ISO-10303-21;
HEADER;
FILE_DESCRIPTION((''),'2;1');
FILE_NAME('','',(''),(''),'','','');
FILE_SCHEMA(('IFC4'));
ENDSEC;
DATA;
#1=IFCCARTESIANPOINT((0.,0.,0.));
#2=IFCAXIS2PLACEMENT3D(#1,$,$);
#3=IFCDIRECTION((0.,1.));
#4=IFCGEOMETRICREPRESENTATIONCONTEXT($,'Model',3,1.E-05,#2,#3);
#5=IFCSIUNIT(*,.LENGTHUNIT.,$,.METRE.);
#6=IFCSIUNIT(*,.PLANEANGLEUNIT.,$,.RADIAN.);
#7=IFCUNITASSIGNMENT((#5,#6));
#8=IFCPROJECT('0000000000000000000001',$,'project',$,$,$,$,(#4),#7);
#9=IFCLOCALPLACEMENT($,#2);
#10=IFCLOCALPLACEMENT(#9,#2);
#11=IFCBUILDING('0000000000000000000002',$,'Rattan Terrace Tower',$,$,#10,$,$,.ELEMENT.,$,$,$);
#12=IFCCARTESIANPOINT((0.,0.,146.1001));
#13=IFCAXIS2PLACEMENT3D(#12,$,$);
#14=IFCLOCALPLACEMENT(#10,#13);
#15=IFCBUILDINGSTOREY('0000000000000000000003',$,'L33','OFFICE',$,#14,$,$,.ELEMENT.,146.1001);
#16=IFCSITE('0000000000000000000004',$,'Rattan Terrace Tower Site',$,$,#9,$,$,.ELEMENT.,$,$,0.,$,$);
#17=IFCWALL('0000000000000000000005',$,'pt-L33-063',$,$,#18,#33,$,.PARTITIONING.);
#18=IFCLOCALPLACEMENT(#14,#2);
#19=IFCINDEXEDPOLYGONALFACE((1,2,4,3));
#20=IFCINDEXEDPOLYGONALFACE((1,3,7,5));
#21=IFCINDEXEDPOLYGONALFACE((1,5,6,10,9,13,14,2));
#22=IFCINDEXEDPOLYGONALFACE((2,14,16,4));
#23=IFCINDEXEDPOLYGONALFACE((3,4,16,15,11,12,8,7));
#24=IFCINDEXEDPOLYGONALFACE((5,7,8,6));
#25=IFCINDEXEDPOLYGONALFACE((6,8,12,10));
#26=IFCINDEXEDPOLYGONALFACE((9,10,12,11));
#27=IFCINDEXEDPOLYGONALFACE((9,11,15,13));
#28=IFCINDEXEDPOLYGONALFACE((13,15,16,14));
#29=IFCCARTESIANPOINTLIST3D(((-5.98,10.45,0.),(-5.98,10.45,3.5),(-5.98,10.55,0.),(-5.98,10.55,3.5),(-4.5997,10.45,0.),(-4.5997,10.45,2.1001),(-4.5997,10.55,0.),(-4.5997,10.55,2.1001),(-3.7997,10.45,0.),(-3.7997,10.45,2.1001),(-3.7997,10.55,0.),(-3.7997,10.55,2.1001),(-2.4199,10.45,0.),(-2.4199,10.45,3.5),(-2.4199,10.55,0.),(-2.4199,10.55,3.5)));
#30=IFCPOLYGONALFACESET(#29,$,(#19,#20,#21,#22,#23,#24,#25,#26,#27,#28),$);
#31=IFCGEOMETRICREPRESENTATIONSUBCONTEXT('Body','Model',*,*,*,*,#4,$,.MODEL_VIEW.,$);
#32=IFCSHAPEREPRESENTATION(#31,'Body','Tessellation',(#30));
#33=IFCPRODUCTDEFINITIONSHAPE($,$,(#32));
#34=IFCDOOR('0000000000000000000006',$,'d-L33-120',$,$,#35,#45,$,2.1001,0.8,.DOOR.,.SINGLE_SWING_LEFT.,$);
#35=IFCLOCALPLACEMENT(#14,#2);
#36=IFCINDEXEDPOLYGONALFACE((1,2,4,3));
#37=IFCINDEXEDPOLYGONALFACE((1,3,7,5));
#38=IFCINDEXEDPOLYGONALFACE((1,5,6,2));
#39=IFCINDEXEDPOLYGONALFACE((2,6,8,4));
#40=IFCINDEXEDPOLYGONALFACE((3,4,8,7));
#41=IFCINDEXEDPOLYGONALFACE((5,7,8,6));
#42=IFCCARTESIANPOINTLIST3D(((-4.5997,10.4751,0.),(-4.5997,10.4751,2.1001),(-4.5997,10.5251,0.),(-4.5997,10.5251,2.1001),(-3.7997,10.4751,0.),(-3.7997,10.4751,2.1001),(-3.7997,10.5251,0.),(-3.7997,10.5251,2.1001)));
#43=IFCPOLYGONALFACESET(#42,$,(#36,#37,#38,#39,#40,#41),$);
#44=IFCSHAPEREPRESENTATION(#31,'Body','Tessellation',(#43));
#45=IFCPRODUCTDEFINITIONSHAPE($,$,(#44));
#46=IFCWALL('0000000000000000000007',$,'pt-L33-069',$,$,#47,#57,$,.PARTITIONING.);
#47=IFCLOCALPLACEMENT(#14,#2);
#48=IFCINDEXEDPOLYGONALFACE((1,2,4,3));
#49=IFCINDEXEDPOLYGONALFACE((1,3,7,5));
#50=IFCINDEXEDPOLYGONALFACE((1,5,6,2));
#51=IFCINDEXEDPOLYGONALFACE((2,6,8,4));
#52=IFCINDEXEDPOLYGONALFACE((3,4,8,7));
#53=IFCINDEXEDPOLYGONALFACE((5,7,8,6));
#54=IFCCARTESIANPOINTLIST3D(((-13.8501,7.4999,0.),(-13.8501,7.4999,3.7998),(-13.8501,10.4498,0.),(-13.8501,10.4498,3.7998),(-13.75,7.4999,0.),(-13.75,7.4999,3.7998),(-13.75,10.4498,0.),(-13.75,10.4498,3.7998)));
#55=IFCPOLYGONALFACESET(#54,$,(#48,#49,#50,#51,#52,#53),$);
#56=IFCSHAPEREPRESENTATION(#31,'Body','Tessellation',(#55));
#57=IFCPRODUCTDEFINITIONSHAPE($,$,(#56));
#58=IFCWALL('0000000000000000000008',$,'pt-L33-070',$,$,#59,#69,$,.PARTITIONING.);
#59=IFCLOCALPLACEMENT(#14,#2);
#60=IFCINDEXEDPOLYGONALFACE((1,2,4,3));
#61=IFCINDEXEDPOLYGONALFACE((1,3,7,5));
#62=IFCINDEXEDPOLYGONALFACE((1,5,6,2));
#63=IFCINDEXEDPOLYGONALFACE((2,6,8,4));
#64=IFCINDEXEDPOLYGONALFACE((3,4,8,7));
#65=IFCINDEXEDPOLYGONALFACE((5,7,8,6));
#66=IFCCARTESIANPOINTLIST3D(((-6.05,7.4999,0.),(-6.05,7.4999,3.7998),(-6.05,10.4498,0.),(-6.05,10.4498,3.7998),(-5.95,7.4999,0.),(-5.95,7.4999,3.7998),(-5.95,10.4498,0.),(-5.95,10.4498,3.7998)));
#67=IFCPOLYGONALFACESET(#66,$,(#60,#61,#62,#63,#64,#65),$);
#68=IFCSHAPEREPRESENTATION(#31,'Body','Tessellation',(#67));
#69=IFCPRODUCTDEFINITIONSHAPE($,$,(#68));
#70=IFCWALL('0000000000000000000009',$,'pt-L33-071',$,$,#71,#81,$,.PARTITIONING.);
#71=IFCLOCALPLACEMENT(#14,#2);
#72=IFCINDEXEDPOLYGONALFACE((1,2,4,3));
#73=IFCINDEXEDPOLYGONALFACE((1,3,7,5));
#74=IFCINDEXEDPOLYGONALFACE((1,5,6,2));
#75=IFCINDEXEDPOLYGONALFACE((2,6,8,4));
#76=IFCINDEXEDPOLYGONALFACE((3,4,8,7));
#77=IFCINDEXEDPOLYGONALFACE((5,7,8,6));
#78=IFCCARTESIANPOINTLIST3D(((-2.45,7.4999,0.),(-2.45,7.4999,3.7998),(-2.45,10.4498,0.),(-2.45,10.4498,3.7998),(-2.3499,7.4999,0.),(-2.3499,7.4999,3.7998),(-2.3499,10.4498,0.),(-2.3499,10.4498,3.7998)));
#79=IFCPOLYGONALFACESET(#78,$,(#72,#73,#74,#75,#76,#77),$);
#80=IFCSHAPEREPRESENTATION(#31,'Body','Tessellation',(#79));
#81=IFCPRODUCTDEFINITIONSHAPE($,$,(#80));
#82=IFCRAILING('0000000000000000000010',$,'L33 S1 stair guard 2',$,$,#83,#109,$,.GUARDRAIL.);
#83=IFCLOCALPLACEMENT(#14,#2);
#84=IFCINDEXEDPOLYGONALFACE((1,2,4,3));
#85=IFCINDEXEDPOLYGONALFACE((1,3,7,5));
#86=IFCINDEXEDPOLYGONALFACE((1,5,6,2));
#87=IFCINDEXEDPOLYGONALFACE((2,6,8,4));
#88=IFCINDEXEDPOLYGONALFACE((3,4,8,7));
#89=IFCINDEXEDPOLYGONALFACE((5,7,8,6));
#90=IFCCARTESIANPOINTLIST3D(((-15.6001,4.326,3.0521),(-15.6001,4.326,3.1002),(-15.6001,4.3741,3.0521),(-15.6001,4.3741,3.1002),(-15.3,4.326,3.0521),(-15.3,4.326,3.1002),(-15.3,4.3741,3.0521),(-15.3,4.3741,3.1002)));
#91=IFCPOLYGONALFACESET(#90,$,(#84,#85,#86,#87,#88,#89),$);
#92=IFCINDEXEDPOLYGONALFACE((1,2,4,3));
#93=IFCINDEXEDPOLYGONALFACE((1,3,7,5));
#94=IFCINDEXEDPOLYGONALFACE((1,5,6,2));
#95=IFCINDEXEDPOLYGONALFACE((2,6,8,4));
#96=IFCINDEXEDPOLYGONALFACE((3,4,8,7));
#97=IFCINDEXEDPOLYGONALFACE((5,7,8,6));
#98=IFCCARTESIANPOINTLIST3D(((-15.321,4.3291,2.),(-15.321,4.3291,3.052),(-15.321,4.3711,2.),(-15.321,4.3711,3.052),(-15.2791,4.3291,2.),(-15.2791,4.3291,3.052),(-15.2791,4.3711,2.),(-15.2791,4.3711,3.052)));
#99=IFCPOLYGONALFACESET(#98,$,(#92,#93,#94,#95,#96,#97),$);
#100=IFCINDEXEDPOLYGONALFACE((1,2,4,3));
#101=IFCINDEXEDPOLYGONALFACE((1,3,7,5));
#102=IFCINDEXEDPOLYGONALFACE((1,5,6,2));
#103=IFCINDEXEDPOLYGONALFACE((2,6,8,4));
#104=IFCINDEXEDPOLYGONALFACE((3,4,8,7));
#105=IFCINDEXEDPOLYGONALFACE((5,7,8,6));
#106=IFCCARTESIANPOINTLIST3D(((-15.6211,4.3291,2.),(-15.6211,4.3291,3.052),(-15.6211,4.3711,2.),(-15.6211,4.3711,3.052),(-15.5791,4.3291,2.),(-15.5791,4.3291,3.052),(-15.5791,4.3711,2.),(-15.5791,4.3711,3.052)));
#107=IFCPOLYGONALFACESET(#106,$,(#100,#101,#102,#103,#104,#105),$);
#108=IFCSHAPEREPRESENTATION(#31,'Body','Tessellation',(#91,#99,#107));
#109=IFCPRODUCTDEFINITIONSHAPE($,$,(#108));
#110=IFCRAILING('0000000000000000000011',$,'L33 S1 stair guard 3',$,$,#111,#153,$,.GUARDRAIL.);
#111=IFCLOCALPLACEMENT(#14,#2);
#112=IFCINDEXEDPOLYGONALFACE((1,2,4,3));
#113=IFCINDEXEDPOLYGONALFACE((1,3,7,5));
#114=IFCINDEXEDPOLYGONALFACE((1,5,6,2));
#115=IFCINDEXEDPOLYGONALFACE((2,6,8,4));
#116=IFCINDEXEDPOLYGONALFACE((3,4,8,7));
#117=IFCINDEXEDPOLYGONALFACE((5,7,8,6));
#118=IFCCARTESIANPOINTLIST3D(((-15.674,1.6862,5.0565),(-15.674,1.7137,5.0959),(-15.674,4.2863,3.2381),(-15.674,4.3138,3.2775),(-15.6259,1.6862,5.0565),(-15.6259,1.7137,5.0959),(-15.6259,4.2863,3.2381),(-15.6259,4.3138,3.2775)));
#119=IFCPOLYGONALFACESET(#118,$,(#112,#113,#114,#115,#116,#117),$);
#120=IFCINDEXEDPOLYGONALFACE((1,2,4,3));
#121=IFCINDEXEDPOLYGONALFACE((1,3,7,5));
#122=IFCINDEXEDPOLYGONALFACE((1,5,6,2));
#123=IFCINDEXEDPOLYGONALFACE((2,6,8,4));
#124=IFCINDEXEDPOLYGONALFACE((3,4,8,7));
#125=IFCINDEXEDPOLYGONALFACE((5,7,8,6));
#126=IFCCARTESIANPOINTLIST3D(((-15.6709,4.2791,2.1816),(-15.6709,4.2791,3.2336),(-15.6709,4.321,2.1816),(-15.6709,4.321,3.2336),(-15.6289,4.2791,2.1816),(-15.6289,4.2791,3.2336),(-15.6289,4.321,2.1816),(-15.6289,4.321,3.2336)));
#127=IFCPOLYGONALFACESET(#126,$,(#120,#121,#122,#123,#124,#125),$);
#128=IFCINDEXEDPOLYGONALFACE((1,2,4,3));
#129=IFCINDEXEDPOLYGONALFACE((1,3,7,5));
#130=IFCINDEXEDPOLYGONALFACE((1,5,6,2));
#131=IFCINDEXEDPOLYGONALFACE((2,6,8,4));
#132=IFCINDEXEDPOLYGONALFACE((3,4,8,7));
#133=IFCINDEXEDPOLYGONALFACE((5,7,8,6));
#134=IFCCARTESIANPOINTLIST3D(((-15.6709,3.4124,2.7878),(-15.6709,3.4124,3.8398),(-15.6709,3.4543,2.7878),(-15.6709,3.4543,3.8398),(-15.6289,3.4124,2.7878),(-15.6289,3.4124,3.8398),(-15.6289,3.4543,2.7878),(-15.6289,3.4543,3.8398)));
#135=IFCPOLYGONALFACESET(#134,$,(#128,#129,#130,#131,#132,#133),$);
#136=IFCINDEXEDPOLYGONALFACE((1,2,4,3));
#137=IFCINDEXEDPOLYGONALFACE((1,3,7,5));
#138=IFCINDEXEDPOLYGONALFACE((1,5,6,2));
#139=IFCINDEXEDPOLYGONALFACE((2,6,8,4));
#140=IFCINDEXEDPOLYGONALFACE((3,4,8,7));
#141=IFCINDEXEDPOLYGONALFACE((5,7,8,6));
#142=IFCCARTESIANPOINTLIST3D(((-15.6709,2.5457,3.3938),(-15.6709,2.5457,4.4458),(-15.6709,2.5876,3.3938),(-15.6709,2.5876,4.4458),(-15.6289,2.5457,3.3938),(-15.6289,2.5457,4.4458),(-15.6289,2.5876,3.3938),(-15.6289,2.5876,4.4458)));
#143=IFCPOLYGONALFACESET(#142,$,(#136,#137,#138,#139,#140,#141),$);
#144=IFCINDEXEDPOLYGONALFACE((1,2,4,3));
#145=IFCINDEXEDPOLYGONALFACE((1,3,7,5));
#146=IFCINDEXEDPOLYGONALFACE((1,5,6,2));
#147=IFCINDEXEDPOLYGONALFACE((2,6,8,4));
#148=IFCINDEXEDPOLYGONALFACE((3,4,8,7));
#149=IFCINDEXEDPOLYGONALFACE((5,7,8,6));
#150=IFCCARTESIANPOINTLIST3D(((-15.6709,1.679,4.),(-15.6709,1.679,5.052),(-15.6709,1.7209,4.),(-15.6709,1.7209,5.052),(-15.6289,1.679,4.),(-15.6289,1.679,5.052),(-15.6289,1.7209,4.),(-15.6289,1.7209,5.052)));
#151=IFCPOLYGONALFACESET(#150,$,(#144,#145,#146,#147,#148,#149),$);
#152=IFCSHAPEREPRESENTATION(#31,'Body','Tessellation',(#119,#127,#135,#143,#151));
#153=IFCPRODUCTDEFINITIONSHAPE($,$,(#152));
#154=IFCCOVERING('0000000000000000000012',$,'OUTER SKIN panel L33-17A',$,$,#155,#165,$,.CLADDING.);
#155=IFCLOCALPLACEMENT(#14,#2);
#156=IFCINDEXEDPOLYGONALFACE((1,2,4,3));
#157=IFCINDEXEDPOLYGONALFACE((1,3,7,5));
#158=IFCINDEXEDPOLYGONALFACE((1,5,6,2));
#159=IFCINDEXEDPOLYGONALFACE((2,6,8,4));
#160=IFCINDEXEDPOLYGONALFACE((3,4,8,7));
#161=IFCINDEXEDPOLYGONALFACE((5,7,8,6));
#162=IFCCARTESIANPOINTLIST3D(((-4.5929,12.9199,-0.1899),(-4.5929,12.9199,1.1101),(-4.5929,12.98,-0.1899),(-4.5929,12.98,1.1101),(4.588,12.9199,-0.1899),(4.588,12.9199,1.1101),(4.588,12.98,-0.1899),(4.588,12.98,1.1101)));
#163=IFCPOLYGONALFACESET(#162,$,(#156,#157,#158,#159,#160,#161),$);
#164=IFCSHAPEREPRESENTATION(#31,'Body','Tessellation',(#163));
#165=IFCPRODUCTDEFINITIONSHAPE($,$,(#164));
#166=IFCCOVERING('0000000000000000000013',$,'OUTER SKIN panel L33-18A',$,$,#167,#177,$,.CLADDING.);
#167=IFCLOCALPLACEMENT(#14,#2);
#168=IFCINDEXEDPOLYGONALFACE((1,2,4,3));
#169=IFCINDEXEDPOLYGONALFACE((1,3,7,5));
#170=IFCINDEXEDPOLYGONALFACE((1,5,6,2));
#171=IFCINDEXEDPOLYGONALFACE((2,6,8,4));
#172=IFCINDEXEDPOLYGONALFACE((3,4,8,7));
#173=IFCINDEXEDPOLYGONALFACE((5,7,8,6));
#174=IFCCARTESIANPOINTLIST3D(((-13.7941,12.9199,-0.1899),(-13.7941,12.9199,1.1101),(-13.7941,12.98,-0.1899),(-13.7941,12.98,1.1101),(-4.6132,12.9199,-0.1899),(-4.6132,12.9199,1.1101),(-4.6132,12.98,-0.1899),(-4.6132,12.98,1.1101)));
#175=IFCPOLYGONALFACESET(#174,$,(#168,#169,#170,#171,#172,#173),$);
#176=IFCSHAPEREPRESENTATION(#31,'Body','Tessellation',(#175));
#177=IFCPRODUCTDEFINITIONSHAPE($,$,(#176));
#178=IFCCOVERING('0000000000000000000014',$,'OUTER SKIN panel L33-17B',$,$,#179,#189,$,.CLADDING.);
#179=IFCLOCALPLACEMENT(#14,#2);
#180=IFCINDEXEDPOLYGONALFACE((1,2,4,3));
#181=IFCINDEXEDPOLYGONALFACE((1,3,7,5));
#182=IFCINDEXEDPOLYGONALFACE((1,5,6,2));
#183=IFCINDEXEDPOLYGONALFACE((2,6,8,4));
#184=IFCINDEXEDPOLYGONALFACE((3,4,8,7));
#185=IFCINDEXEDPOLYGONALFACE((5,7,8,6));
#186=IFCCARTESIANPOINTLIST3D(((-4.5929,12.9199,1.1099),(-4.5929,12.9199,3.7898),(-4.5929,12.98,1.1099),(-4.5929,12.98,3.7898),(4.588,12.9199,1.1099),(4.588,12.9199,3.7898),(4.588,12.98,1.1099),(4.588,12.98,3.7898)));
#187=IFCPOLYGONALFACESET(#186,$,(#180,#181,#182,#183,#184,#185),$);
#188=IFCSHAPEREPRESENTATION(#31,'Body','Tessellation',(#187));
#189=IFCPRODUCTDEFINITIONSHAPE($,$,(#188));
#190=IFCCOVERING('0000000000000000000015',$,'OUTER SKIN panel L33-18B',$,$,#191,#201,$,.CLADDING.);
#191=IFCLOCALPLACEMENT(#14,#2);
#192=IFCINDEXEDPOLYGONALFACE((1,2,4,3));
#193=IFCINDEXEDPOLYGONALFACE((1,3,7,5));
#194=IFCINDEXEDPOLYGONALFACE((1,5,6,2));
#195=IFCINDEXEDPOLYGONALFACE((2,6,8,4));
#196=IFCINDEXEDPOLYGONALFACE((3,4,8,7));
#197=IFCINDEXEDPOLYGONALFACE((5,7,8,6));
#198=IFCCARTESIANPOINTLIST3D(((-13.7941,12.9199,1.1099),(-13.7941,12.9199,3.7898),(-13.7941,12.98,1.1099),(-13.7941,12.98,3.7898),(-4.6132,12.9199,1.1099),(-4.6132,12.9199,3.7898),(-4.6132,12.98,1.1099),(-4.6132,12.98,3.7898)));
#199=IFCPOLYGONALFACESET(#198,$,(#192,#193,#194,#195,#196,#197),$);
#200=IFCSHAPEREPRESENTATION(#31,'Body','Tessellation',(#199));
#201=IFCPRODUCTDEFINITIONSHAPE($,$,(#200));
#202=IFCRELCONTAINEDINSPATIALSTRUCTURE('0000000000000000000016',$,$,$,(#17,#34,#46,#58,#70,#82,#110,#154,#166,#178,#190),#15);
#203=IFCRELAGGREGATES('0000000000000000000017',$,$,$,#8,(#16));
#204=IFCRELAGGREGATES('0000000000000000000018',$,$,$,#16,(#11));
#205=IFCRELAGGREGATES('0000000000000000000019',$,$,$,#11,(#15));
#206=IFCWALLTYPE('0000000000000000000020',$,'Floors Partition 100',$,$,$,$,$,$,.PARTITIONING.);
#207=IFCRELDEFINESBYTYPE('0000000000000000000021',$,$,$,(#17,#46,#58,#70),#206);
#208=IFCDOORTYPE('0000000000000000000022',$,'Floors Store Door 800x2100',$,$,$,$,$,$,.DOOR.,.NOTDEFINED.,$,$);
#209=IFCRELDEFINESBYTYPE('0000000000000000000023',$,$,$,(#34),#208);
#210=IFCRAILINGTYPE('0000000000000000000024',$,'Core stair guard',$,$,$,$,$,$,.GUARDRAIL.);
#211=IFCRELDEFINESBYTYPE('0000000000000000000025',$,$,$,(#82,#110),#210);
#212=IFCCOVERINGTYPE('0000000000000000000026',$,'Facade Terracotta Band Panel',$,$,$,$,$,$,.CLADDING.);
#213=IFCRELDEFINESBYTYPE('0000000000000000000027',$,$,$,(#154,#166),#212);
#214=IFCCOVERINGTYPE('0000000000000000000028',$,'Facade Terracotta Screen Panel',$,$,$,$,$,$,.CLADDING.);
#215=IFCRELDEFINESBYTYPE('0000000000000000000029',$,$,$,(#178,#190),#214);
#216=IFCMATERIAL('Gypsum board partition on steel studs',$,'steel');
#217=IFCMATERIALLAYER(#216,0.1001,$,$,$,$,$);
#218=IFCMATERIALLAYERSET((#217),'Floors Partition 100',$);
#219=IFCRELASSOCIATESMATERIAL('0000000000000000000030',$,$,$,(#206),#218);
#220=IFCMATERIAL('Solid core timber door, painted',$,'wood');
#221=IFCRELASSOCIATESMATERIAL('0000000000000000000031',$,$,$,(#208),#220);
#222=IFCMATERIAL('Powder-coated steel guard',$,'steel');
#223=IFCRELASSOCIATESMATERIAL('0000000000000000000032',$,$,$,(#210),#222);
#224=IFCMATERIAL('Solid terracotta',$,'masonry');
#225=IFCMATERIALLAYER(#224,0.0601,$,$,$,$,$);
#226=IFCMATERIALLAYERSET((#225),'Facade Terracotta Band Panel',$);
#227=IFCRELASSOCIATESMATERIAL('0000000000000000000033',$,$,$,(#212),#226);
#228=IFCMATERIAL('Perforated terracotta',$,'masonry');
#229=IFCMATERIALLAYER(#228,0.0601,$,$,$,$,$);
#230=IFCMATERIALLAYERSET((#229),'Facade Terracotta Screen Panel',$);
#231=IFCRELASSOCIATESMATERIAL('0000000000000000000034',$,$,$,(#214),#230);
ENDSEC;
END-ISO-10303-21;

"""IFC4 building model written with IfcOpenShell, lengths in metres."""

from ifc_helpers import new_model, si_unit, direction, frame, frame_2d, origin, origin_2d, place, context, subcontext, project, spatial, rectangle, extrude, material, layer, layer_set, type_object, element, fill, save


model = new_model("IFC4")

# Units and contexts
model_context = context("Model", 3, precision=1e-05, world=origin(), true_north=direction((0.0, 1.0)))
body_context = subcontext(model_context, "Body", "Model", "MODEL_VIEW")
ifc_project = project(units=[si_unit("LENGTHUNIT", "METRE"), si_unit("PLANEANGLEUNIT", "RADIAN")], contexts=[model_context])

# Site, building, storey
site_placement = place(None, origin())
site = spatial("IfcSite", under=ifc_project, at=site_placement, Name="Rattan Terrace Tower Site", CompositionType="ELEMENT", RefElevation=0.0)
building_placement = place(site_placement, origin())
building = spatial("IfcBuilding", under=site, at=building_placement, Name="Rattan Terrace Tower", CompositionType="ELEMENT")
storey_placement = place(building_placement, frame((0.0, 0.0, 146.1001)))
storey = spatial("IfcBuildingStorey", under=building, at=storey_placement, Name="L33", Description="OFFICE", CompositionType="ELEMENT", Elevation=146.1001)

# Wall, opening, door
ifc_material_1 = material(Name="Gypsum board partition on steel studs", Category="steel")
ifc_layer_1 = layer(ifc_material_1, 0.1001)
ifc_layer_set_1 = layer_set([ifc_layer_1], Name="Floors Partition 100")
wall_type = type_object("IfcWallType", Name="Floors Partition 100", PredefinedType="PARTITIONING", material=ifc_layer_set_1)
ifc_material_2 = material(Name="Solid core timber door, painted", Category="wood")
door_type_1 = type_object("IfcDoorType", Name="Floors Store Door 800x2100", OperationType="NOTDEFINED", PredefinedType="DOOR", material=ifc_material_2)
wall_1_placement = place(storey_placement, frame((-2.4199, 10.5, 0.0), z_axis=(0.0, 0.0, 1.0), x_axis=(-1.0, 0.0, 0.0)))
wall_1 = element("IfcWall", 1, at=wall_1_placement, inside=storey, type_object=wall_type, Name="pt-L33-063", PredefinedType="PARTITIONING", context=body_context, shape_type="SweptSolid", body=[
    extrude(rectangle(XDim=3.5601, YDim=0.1001, at=frame_2d((1.78, 0.0))), origin(), (0.0, 0.0, 1.0), 3.5),
])
opening_1_placement = place(wall_1_placement, frame((1.3799, 0.0, 0.0)))
opening_1 = element("IfcOpeningElement", 2, at=opening_1_placement, cuts=wall_1, PredefinedType="OPENING", context=body_context, shape_type="SweptSolid", body=[
    extrude(rectangle(XDim=0.8, YDim=2.1001, at=frame_2d((0.3999, 1.05))), frame((0.0, 0.0605, 0.0), z_axis=(0.0, -1.0, 0.0), x_axis=(1.0, 0.0, 0.0)), (0.0, 0.0, 1.0), 0.1211),
])
door_1_placement = place(opening_1_placement, origin())
door_1 = element("IfcDoor", 3, at=door_1_placement, inside=storey, type_object=door_type_1, Name="d-L33-120", OperationType="SINGLE_SWING_LEFT", OverallHeight=2.1001, OverallWidth=0.8, PredefinedType="DOOR", context=body_context, shape_type="SweptSolid", body=[
    extrude(rectangle(XDim=0.8, YDim=2.1001, at=frame_2d((0.3999, 1.05))), frame((0.0, 0.0249, 0.0), z_axis=(0.0, -1.0, 0.0), x_axis=(1.0, 0.0, 0.0)), (0.0, 0.0, 1.0), 0.05),
])
fill(opening_1, door_1)

# Walls
for number, where, z_axis, x_axis, name in (
    (4, (-13.8, 10.45, 0.0), (0.0, 0.0, 1.0), (0.0, -1.0, 0.0), "pt-L33-069"),
    (5, (-6.0, 10.45, 0.0), (0.0, 0.0, 1.0), (0.0, -1.0, 0.0), "pt-L33-070"),
    (6, (-2.3999, 10.45, 0.0), (0.0, 0.0, 1.0), (0.0, -1.0, 0.0), "pt-L33-071"),
):
    element("IfcWall", number, at=place(storey_placement, frame(where, z_axis=z_axis, x_axis=x_axis)), inside=storey, type_object=wall_type, Name=name, PredefinedType="PARTITIONING", context=body_context, shape_type="SweptSolid", body=[
        extrude(rectangle(XDim=2.95, YDim=0.1001, at=frame_2d((1.4751, 0.0))), origin(), (0.0, 0.0, 1.0), 3.7998),
    ])

# Railings
ifc_material_3 = material(Name="Powder-coated steel guard", Category="steel")
railing_type = type_object("IfcRailingType", Name="Core stair guard", PredefinedType="GUARDRAIL", material=ifc_material_3)
railing_1_placement = place(storey_placement, frame((-15.3, 4.3501, 2.0)))
element("IfcRailing", 7, at=railing_1_placement, inside=storey, type_object=railing_type, Name="L33 S1 stair guard 2", PredefinedType="GUARDRAIL", context=body_context, shape_type="SweptSolid", body=[
    extrude(rectangle(XDim=0.0481, YDim=0.0481, at=origin_2d()), frame((0.0, 0.0, 1.0762), z_axis=(-1.0, 0.0, 0.0), x_axis=(0.0, -1.0, 0.0)), (0.0, 0.0, 1.0), 0.3),
    extrude(rectangle(XDim=0.042, YDim=0.042, at=origin_2d()), origin(), (0.0, 0.0, 1.0), 1.052),
    extrude(rectangle(XDim=0.042, YDim=0.042, at=origin_2d()), frame((-0.3, 0.0, 0.0)), (0.0, 0.0, 1.0), 1.052),
])
railing_2_placement = place(storey_placement, frame((-15.6499, 4.3, 2.1816)))
element("IfcRailing", 8, at=railing_2_placement, inside=storey, type_object=railing_type, Name="L33 S1 stair guard 3", PredefinedType="GUARDRAIL", context=body_context, shape_type="SweptSolid", body=[
    extrude(rectangle(XDim=0.0481, YDim=0.0481, at=origin_2d()), frame((0.0, 0.0, 1.0762), z_axis=(0.0, -0.819485, 0.573101), x_axis=(1.0, 0.0, 0.0)), (0.0, 0.0, 1.0), 3.1729),
    extrude(rectangle(XDim=0.042, YDim=0.042, at=origin_2d()), origin(), (0.0, 0.0, 1.0), 1.052),
    extrude(rectangle(XDim=0.042, YDim=0.042, at=origin_2d()), frame((0.0, -0.8667, 0.6062)), (0.0, 0.0, 1.0), 1.052),
    extrude(rectangle(XDim=0.042, YDim=0.042, at=origin_2d()), frame((0.0, -1.7334, 1.2122)), (0.0, 0.0, 1.0), 1.052),
    extrude(rectangle(XDim=0.042, YDim=0.042, at=origin_2d()), frame((0.0, -2.6001, 1.8184)), (0.0, 0.0, 1.0), 1.052),
])

# Coverings
ifc_material_4 = material(Name="Solid terracotta", Category="masonry")
ifc_layer_2 = layer(ifc_material_4, 0.0601)
ifc_layer_set_2 = layer_set([ifc_layer_2], Name="Facade Terracotta Band Panel")
covering_type_1 = type_object("IfcCoveringType", Name="Facade Terracotta Band Panel", PredefinedType="CLADDING", material=ifc_layer_set_2)
for number, where, z_axis, x_axis, name in (
    (9, (-0.0024, 12.95, -0.1899), (0.0, 0.0, 1.0), (-1.0, 0.0, 0.0), "OUTER SKIN panel L33-17A"),
    (10, (-9.2036, 12.95, -0.1899), (0.0, 0.0, 1.0), (-1.0, 0.0, 0.0), "OUTER SKIN panel L33-18A"),
):
    element("IfcCovering", number, at=place(storey_placement, frame(where, z_axis=z_axis, x_axis=x_axis)), inside=storey, type_object=covering_type_1, Name=name, PredefinedType="CLADDING", context=body_context, shape_type="SweptSolid", body=[
        extrude(rectangle(XDim=9.1809, YDim=0.0601, at=origin_2d()), origin(), (0.0, 0.0, 1.0), 1.3),
    ])
ifc_material_5 = material(Name="Perforated terracotta", Category="masonry")
ifc_layer_3 = layer(ifc_material_5, 0.0601)
ifc_layer_set_3 = layer_set([ifc_layer_3], Name="Facade Terracotta Screen Panel")
covering_type_2 = type_object("IfcCoveringType", Name="Facade Terracotta Screen Panel", PredefinedType="CLADDING", material=ifc_layer_set_3)
for number, where, z_axis, x_axis, name in (
    (11, (-0.0024, 12.95, 1.1099), (0.0, 0.0, 1.0), (-1.0, 0.0, 0.0), "OUTER SKIN panel L33-17B"),
    (12, (-9.2036, 12.95, 1.1099), (0.0, 0.0, 1.0), (-1.0, 0.0, 0.0), "OUTER SKIN panel L33-18B"),
):
    element("IfcCovering", number, at=place(storey_placement, frame(where, z_axis=z_axis, x_axis=x_axis)), inside=storey, type_object=covering_type_2, Name=name, PredefinedType="CLADDING", context=body_context, shape_type="SweptSolid", body=[
        extrude(rectangle(XDim=9.1809, YDim=0.0601, at=origin_2d()), origin(), (0.0, 0.0, 1.0), 2.6799),
    ])

save(model, "model.ifc")
